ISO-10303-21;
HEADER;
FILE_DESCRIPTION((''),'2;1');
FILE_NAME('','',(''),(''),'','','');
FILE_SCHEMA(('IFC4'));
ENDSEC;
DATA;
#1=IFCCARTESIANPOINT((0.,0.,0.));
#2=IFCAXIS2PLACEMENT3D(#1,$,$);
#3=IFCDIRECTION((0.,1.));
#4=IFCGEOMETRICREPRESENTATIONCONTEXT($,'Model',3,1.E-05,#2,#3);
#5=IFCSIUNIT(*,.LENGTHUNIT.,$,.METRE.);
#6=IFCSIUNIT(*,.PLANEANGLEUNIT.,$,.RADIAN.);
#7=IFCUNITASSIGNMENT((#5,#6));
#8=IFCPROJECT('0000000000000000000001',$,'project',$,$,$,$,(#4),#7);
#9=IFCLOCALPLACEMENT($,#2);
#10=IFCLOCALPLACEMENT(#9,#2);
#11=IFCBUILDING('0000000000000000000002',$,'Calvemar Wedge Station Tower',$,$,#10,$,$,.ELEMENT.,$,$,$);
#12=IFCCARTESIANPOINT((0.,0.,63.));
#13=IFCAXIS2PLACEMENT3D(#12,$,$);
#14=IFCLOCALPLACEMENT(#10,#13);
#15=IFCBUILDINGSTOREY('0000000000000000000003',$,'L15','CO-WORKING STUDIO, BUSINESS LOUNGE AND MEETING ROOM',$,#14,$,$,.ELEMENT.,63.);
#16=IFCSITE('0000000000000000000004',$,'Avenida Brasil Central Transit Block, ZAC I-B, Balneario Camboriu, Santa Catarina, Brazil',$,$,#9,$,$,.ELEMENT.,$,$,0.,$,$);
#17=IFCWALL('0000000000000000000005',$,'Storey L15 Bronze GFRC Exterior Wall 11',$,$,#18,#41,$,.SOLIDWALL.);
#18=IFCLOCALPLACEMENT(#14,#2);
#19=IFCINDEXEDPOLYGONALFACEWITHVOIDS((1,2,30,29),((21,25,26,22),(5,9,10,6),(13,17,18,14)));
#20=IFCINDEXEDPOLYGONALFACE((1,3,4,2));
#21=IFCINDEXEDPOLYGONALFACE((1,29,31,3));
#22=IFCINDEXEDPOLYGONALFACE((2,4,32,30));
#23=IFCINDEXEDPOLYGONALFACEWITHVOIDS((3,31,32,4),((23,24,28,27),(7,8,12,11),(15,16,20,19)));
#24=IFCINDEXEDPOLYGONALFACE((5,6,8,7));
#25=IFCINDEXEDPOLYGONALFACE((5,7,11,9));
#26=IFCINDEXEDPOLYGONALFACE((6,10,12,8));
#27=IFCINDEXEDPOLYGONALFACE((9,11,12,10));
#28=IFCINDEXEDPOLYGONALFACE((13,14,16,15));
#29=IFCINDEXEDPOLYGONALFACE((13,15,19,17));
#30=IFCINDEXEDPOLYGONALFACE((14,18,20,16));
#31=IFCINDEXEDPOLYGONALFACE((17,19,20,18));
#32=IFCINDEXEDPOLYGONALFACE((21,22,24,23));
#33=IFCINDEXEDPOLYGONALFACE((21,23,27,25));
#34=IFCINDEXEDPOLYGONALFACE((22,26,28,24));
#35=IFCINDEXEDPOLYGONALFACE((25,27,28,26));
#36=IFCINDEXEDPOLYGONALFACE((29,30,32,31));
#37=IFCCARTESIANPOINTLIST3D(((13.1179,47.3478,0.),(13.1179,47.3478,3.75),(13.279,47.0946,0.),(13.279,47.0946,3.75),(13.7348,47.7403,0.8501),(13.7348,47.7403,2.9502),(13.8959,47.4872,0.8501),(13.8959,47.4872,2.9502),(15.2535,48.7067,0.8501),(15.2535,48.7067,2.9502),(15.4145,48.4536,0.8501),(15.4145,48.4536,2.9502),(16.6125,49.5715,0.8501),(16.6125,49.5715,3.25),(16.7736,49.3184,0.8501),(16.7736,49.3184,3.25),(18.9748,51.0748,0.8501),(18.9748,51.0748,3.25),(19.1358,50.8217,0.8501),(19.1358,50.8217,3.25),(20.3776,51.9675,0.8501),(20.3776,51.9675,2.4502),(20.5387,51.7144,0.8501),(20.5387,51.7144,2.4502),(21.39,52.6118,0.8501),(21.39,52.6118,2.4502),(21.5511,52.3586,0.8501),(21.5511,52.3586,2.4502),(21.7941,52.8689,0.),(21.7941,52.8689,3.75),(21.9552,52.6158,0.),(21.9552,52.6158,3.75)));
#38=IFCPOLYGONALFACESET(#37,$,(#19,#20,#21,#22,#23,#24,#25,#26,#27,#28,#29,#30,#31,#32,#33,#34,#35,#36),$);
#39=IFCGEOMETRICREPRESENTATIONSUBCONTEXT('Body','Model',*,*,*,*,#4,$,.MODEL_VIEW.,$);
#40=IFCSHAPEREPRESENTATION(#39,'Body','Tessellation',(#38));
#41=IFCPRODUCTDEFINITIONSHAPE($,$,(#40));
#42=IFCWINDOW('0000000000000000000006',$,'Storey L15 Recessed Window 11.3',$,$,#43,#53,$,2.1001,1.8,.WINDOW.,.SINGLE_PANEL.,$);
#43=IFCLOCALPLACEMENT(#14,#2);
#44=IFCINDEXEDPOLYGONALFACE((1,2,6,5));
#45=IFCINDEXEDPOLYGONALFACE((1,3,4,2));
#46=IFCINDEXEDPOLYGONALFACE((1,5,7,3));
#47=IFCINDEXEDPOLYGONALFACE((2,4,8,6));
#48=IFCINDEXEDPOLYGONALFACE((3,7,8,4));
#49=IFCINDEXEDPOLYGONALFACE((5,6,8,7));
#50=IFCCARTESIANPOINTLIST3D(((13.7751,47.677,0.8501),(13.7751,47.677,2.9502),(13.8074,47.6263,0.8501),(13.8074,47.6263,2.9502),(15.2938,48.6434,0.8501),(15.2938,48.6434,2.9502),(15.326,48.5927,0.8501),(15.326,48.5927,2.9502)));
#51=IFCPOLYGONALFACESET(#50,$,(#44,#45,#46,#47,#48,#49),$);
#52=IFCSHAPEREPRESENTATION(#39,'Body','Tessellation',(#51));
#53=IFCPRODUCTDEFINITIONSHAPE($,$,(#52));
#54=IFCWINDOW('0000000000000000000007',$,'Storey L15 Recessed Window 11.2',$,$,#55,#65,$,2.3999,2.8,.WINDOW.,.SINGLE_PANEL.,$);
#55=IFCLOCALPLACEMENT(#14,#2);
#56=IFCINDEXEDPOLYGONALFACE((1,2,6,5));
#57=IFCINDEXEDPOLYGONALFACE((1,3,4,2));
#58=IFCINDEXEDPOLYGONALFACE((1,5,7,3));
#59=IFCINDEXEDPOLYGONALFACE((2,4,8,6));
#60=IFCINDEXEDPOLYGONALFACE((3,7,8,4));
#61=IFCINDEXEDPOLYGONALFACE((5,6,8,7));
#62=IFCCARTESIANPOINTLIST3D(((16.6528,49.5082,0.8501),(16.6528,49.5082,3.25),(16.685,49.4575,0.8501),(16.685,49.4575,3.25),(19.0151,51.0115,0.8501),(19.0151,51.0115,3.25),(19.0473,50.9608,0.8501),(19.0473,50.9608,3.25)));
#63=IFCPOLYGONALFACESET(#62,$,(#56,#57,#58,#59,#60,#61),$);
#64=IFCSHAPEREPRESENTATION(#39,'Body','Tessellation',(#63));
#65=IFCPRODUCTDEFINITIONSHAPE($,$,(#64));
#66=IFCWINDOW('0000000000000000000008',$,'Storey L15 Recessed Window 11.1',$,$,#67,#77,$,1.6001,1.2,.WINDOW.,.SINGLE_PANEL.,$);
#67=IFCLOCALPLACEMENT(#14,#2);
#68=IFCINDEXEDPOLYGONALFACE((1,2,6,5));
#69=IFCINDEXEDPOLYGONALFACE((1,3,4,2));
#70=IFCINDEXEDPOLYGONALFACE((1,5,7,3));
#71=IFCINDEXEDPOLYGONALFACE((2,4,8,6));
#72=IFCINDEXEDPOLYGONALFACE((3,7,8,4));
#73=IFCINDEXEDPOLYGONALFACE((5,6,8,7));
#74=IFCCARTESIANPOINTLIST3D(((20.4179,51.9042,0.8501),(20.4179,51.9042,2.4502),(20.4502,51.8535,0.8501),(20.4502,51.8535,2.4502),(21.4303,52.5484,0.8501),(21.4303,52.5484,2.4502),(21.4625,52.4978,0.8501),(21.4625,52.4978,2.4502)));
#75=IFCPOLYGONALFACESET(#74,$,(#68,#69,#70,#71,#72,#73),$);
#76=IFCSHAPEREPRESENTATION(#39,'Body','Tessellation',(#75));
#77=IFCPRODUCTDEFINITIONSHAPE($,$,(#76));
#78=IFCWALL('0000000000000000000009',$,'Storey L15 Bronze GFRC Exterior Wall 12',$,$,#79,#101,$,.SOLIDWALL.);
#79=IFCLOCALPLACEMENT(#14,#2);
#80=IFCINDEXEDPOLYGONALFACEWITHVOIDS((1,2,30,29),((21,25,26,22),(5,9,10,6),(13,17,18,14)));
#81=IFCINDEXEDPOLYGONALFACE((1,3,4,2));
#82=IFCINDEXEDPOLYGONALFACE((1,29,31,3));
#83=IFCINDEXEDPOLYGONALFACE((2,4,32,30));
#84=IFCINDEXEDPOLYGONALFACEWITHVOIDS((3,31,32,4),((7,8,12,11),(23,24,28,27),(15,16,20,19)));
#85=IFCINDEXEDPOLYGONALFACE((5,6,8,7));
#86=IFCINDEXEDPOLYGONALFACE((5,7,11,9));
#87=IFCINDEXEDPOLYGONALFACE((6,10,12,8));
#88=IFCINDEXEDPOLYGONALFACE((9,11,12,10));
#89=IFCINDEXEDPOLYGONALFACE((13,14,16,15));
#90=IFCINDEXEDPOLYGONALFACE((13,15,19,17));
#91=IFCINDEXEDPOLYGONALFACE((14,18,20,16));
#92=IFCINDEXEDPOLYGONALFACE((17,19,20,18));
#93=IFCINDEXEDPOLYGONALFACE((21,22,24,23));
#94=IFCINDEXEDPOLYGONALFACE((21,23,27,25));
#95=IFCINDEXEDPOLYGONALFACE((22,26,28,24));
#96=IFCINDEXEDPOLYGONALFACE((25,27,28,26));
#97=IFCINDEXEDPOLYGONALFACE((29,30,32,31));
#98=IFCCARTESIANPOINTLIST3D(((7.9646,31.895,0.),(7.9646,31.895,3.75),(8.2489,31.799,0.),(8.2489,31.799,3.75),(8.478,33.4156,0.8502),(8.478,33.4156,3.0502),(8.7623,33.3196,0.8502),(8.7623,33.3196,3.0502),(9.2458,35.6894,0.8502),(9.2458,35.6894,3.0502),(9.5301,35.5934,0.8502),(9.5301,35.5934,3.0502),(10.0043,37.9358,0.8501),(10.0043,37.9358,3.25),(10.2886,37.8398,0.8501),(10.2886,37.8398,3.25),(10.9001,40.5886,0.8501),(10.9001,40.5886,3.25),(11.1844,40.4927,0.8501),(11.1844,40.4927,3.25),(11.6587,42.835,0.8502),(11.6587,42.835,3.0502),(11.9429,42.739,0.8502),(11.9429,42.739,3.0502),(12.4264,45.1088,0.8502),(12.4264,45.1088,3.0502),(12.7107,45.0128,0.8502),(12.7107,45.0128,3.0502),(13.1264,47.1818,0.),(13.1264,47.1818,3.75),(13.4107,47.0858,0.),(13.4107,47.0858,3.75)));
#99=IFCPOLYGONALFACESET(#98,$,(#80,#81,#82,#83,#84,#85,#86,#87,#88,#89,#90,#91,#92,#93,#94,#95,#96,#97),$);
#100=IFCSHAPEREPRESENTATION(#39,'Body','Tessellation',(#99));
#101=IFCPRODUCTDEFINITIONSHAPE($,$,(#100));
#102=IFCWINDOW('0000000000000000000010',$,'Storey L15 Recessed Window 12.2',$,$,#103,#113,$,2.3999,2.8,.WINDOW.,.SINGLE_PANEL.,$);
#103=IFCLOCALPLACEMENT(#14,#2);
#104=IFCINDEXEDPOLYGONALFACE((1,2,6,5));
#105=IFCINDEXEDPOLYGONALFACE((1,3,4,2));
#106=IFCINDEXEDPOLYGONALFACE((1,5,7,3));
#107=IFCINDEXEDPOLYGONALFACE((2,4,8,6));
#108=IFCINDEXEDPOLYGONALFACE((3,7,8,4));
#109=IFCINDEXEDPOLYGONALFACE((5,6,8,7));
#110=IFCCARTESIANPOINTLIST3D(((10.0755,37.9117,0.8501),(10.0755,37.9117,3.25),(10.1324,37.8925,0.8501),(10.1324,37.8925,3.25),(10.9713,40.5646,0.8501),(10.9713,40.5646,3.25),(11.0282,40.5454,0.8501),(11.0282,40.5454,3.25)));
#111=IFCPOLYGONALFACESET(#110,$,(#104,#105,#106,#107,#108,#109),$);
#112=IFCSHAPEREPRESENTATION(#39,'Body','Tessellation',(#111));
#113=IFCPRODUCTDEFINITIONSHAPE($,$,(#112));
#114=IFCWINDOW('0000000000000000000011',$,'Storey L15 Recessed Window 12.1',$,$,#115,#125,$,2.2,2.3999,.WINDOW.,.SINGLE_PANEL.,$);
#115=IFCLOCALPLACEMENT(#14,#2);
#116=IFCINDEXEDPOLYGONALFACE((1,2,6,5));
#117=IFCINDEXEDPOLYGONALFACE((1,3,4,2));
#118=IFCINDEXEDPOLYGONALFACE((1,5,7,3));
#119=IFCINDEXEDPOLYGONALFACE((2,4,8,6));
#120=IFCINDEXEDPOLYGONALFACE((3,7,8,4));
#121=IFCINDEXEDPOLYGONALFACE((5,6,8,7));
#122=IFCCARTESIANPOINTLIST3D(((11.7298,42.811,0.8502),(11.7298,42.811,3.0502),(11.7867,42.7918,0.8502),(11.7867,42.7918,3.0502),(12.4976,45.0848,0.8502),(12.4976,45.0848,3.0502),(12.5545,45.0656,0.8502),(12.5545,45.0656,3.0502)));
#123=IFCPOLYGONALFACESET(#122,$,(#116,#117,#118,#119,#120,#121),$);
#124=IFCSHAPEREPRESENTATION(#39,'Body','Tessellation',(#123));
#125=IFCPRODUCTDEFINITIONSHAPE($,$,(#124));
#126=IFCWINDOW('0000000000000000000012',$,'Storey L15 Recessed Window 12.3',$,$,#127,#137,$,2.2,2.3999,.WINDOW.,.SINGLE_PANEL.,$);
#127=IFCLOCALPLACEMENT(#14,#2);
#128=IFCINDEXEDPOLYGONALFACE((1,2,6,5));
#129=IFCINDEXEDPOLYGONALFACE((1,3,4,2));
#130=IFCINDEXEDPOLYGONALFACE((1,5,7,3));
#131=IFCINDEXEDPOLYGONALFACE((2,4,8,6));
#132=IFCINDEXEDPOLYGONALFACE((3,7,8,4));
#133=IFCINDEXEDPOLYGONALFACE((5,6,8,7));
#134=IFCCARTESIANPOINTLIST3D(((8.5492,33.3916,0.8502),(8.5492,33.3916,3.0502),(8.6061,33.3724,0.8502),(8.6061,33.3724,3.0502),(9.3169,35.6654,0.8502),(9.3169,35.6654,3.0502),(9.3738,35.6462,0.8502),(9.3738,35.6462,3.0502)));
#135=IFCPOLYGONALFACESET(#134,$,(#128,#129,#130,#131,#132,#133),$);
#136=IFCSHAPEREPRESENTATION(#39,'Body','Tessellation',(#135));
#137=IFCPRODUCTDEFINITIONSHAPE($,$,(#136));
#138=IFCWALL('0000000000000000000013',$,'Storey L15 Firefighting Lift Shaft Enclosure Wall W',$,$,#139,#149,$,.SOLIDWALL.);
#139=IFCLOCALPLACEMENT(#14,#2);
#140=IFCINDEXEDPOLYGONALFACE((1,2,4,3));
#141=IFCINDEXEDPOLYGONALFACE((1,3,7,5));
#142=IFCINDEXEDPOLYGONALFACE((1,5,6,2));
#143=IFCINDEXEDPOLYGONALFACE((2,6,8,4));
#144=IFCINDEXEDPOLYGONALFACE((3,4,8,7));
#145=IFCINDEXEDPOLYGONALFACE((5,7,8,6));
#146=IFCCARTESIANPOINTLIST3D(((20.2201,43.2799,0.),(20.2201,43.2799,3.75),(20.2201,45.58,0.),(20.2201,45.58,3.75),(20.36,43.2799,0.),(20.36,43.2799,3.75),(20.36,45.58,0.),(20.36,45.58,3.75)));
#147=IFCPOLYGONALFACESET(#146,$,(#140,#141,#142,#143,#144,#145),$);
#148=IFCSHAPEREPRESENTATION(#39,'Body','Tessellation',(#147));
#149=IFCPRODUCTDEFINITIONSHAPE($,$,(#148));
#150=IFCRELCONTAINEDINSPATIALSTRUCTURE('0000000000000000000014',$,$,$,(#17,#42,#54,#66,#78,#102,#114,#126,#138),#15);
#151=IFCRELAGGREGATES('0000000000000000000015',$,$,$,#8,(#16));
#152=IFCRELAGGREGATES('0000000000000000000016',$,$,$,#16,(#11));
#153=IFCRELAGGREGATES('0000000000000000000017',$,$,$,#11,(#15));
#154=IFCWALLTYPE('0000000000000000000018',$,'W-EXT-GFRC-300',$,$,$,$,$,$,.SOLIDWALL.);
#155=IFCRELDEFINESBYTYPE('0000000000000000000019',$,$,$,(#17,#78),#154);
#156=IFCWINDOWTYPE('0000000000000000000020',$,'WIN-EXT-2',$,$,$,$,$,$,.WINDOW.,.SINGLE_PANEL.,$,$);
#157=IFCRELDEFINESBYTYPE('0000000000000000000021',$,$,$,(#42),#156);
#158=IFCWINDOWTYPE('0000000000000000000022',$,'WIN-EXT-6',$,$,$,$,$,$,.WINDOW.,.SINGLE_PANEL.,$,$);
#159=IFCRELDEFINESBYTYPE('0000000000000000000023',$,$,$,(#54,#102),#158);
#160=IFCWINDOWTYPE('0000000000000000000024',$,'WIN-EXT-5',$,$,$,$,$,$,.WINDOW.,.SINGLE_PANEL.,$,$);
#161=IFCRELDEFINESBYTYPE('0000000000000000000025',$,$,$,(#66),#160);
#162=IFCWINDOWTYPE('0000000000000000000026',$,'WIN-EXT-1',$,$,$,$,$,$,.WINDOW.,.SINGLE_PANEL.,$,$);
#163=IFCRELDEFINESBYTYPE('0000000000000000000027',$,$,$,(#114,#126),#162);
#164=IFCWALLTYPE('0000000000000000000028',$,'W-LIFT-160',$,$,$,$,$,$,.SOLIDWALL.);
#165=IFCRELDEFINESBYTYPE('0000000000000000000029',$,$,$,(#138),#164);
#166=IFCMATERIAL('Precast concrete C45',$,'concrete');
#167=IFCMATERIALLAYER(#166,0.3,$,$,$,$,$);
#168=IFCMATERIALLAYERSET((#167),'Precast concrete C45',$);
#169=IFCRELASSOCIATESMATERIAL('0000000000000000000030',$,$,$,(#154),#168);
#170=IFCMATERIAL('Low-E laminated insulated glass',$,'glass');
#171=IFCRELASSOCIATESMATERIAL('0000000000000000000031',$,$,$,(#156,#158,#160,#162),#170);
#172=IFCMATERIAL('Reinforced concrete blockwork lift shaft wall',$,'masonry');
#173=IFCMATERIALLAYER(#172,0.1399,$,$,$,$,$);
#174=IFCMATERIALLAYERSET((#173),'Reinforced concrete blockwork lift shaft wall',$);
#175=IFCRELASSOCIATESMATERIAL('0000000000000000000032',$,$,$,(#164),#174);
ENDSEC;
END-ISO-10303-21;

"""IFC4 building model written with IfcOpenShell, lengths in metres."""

from ifc_helpers import new_model, si_unit, direction, frame, frame_2d, origin, place, context, subcontext, project, spatial, rectangle, extrude, source, transform, mapped, material, layer, layer_set, type_object, element, fill, save


model = new_model("IFC4")

# Units and contexts
model_context = context("Model", 3, precision=1e-05, world=origin(), true_north=direction((0.0, 1.0)))
body_context = subcontext(model_context, "Body", "Model", "MODEL_VIEW")
ifc_project = project(units=[si_unit("LENGTHUNIT", "METRE"), si_unit("PLANEANGLEUNIT", "RADIAN")], contexts=[model_context])

# Site, building, storey
site_placement = place(None, origin())
site = spatial("IfcSite", under=ifc_project, at=site_placement, Name="Avenida Brasil Central Transit Block, ZAC I-B, Balneario Camboriu, Santa Catarina, Brazil", CompositionType="ELEMENT", RefElevation=0.0)
building_placement = place(site_placement, origin())
building = spatial("IfcBuilding", under=site, at=building_placement, Name="Calvemar Wedge Station Tower", CompositionType="ELEMENT")
storey_placement = place(building_placement, frame((0.0, 0.0, 63.0)))
storey = spatial("IfcBuildingStorey", under=building, at=storey_placement, Name="L15", Description="CO-WORKING STUDIO, BUSINESS LOUNGE AND MEETING ROOM", CompositionType="ELEMENT", Elevation=63.0)

# Walls, openings, windows
ifc_material_1 = material(Name="Precast concrete C45", Category="concrete")
ifc_layer_1 = layer(ifc_material_1, 0.3)
ifc_layer_set_1 = layer_set([ifc_layer_1], Name="Precast concrete C45")
wall_type_1 = type_object("IfcWallType", Name="W-EXT-GFRC-300", PredefinedType="SOLIDWALL", material=ifc_layer_set_1)
wall_1_placement = place(storey_placement, frame((21.8748, 52.7424, 0.0), z_axis=(0.0, 0.0, 1.0), x_axis=(-0.843662, -0.536874, 0.0)))
wall_1 = element("IfcWall", 1, at=wall_1_placement, inside=storey, type_object=wall_type_1, Name="Storey L15 Bronze GFRC Exterior Wall 11", PredefinedType="SOLIDWALL", context=body_context, shape_type="SweptSolid", body=[
    extrude(rectangle(XDim=10.2839, YDim=0.3, at=frame_2d((5.1421, 0.0))), origin(), (0.0, 0.0, 1.0), 3.75),
])
shared_shape_1 = source(origin(), body_context, "Body", "SweptSolid", [
    extrude(rectangle(XDim=1.2, YDim=1.6001, at=frame_2d((0.6001, 0.8))), frame((0.0, 0.1602, 0.0), z_axis=(0.0, -1.0, 0.0), x_axis=(1.0, 0.0, 0.0)), (0.0, 0.0, 1.0), 0.3201),
])
opening_1_placement = place(wall_1_placement, frame((0.479, 0.0, 0.8501)))
opening_1 = element("IfcOpeningElement", 2, at=opening_1_placement, cuts=wall_1, PredefinedType="OPENING", context=body_context, shape_type="MappedRepresentation", body=[
    mapped(shared_shape_1, transform((0.0, 0.0, 0.0), scale=1.0)),
])
shared_shape_2 = source(origin(), body_context, "Body", "SweptSolid", [
    extrude(rectangle(XDim=2.8, YDim=2.3999, at=frame_2d((1.3999, 1.2))), frame((0.0, 0.1602, 0.0), z_axis=(0.0, -1.0, 0.0), x_axis=(1.0, 0.0, 0.0)), (0.0, 0.0, 1.0), 0.3201),
])
opening_2_placement = place(wall_1_placement, frame((3.342, 0.0, 0.8501)))
opening_2 = element("IfcOpeningElement", 3, at=opening_2_placement, cuts=wall_1, PredefinedType="OPENING", context=body_context, shape_type="MappedRepresentation", body=[
    mapped(shared_shape_2, transform((0.0, 0.0, 0.0), scale=1.0)),
])
shared_shape_3 = source(origin(), body_context, "Body", "SweptSolid", [
    extrude(rectangle(XDim=1.8, YDim=2.1001, at=frame_2d((0.8999, 1.05))), frame((0.0, 0.1602, 0.0), z_axis=(0.0, -1.0, 0.0), x_axis=(1.0, 0.0, 0.0)), (0.0, 0.0, 1.0), 0.3201),
])
opening_3_placement = place(wall_1_placement, frame((7.7529, 0.0, 0.8501)))
opening_3 = element("IfcOpeningElement", 4, at=opening_3_placement, cuts=wall_1, PredefinedType="OPENING", context=body_context, shape_type="MappedRepresentation", body=[
    mapped(shared_shape_3, transform((0.0, 0.0, 0.0), scale=1.0)),
])
ifc_material_2 = material(Name="Low-E laminated insulated glass", Category="glass")
window_type_1 = type_object("IfcWindowType", Name="WIN-EXT-2", PartitioningType="SINGLE_PANEL", PredefinedType="WINDOW", material=ifc_material_2)
shared_shape_4 = source(origin(), body_context, "Body", "SweptSolid", [
    extrude(rectangle(XDim=1.8, YDim=2.1001, at=frame_2d((0.8999, 1.05))), frame((0.0, -0.0149, 0.0), z_axis=(0.0, -1.0, 0.0), x_axis=(1.0, 0.0, 0.0)), (0.0, 0.0, 1.0), 0.0601),
])
window_1_placement = place(opening_3_placement, origin())
window_1 = element("IfcWindow", 5, at=window_1_placement, inside=storey, type_object=window_type_1, Name="Storey L15 Recessed Window 11.3", OverallHeight=2.1001, OverallWidth=1.8, PartitioningType="SINGLE_PANEL", PredefinedType="WINDOW", context=body_context, shape_type="MappedRepresentation", body=[
    mapped(shared_shape_4, transform((0.0, 0.0, 0.0), scale=1.0)),
])
fill(opening_3, window_1)
window_type_2 = type_object("IfcWindowType", Name="WIN-EXT-6", PartitioningType="SINGLE_PANEL", PredefinedType="WINDOW", material=ifc_material_2)
shared_shape_5 = source(origin(), body_context, "Body", "SweptSolid", [
    extrude(rectangle(XDim=2.8, YDim=2.3999, at=frame_2d((1.3999, 1.2))), frame((0.0, -0.0149, 0.0), z_axis=(0.0, -1.0, 0.0), x_axis=(1.0, 0.0, 0.0)), (0.0, 0.0, 1.0), 0.0601),
])
window_2_placement = place(opening_2_placement, origin())
window_2 = element("IfcWindow", 6, at=window_2_placement, inside=storey, type_object=window_type_2, Name="Storey L15 Recessed Window 11.2", OverallHeight=2.3999, OverallWidth=2.8, PartitioningType="SINGLE_PANEL", PredefinedType="WINDOW", context=body_context, shape_type="MappedRepresentation", body=[
    mapped(shared_shape_5, transform((0.0, 0.0, 0.0), scale=1.0)),
])
fill(opening_2, window_2)
window_type_3 = type_object("IfcWindowType", Name="WIN-EXT-5", PartitioningType="SINGLE_PANEL", PredefinedType="WINDOW", material=ifc_material_2)
shared_shape_6 = source(origin(), body_context, "Body", "SweptSolid", [
    extrude(rectangle(XDim=1.2, YDim=1.6001, at=frame_2d((0.6001, 0.8))), frame((0.0, -0.0149, 0.0), z_axis=(0.0, -1.0, 0.0), x_axis=(1.0, 0.0, 0.0)), (0.0, 0.0, 1.0), 0.0601),
])
window_3_placement = place(opening_1_placement, origin())
window_3 = element("IfcWindow", 7, at=window_3_placement, inside=storey, type_object=window_type_3, Name="Storey L15 Recessed Window 11.1", OverallHeight=1.6001, OverallWidth=1.2, PartitioningType="SINGLE_PANEL", PredefinedType="WINDOW", context=body_context, shape_type="MappedRepresentation", body=[
    mapped(shared_shape_6, transform((0.0, 0.0, 0.0), scale=1.0)),
])
fill(opening_1, window_3)
wall_2_placement = place(storey_placement, frame((13.2686, 47.1338, 0.0), z_axis=(0.0, 0.0, 1.0), x_axis=(-0.31992, -0.947444, 0.0)))
wall_2 = element("IfcWall", 8, at=wall_2_placement, inside=storey, type_object=wall_type_1, Name="Storey L15 Bronze GFRC Exterior Wall 12", PredefinedType="SOLIDWALL", context=body_context, shape_type="SweptSolid", body=[
    extrude(rectangle(XDim=16.1348, YDim=0.3, at=frame_2d((8.0674, 0.0))), origin(), (0.0, 0.0, 1.0), 3.75),
])
shared_shape_7 = source(origin(), body_context, "Body", "SweptSolid", [
    extrude(rectangle(XDim=2.3999, YDim=2.2, at=frame_2d((1.2, 1.1001))), frame((0.0, 0.1602, 0.0), z_axis=(0.0, -1.0, 0.0), x_axis=(1.0, 0.0, 0.0)), (0.0, 0.0, 1.0), 0.3201),
])
opening_4_placement = place(wall_2_placement, frame((2.188, 0.0, 0.8501)))
opening_4 = element("IfcOpeningElement", 9, at=opening_4_placement, cuts=wall_2, PredefinedType="OPENING", context=body_context, shape_type="MappedRepresentation", body=[
    mapped(shared_shape_7, transform((0.0, 0.0, 0.0), scale=1.0)),
])
opening_5_placement = place(wall_2_placement, frame((6.959, 0.0, 0.8501)))
opening_5 = element("IfcOpeningElement", 10, at=opening_5_placement, cuts=wall_2, PredefinedType="OPENING", context=body_context, shape_type="MappedRepresentation", body=[
    mapped(shared_shape_2, transform((0.0, 0.0, 0.0), scale=1.0)),
])
opening_6_placement = place(wall_2_placement, frame((12.1299, 0.0, 0.8501)))
opening_6 = element("IfcOpeningElement", 11, at=opening_6_placement, cuts=wall_2, PredefinedType="OPENING", context=body_context, shape_type="MappedRepresentation", body=[
    mapped(shared_shape_7, transform((0.0, 0.0, 0.0), scale=1.0)),
])
window_4_placement = place(opening_5_placement, origin())
window_4 = element("IfcWindow", 12, at=window_4_placement, inside=storey, type_object=window_type_2, Name="Storey L15 Recessed Window 12.2", OverallHeight=2.3999, OverallWidth=2.8, PartitioningType="SINGLE_PANEL", PredefinedType="WINDOW", context=body_context, shape_type="MappedRepresentation", body=[
    mapped(shared_shape_5, transform((0.0, 0.0, 0.0), scale=1.0)),
])
fill(opening_5, window_4)
window_type_4 = type_object("IfcWindowType", Name="WIN-EXT-1", PartitioningType="SINGLE_PANEL", PredefinedType="WINDOW", material=ifc_material_2)
shared_shape_8 = source(origin(), body_context, "Body", "SweptSolid", [
    extrude(rectangle(XDim=2.3999, YDim=2.2, at=frame_2d((1.2, 1.1001))), frame((0.0, -0.0149, 0.0), z_axis=(0.0, -1.0, 0.0), x_axis=(1.0, 0.0, 0.0)), (0.0, 0.0, 1.0), 0.0601),
])
window_5_placement = place(opening_4_placement, origin())
window_5 = element("IfcWindow", 13, at=window_5_placement, inside=storey, type_object=window_type_4, Name="Storey L15 Recessed Window 12.1", OverallHeight=2.2, OverallWidth=2.3999, PartitioningType="SINGLE_PANEL", PredefinedType="WINDOW", context=body_context, shape_type="MappedRepresentation", body=[
    mapped(shared_shape_8, transform((0.0, 0.0, 0.0), scale=1.0)),
])
fill(opening_4, window_5)
window_6_placement = place(opening_6_placement, origin())
window_6 = element("IfcWindow", 14, at=window_6_placement, inside=storey, type_object=window_type_4, Name="Storey L15 Recessed Window 12.3", OverallHeight=2.2, OverallWidth=2.3999, PartitioningType="SINGLE_PANEL", PredefinedType="WINDOW", context=body_context, shape_type="MappedRepresentation", body=[
    mapped(shared_shape_8, transform((0.0, 0.0, 0.0), scale=1.0)),
])
fill(opening_6, window_6)

# Shared definitions
ifc_material_3 = material(Name="Reinforced concrete blockwork lift shaft wall", Category="masonry")
ifc_layer_2 = layer(ifc_material_3, 0.1399)
ifc_layer_set_2 = layer_set([ifc_layer_2], Name="Reinforced concrete blockwork lift shaft wall")
wall_type_2 = type_object("IfcWallType", Name="W-LIFT-160", PredefinedType="SOLIDWALL", material=ifc_layer_set_2)

# Wall
wall_3_placement = place(storey_placement, frame((20.29, 43.28, 0.0), z_axis=(0.0, 0.0, 1.0), x_axis=(0.0, 1.0, 0.0)))
element("IfcWall", 15, at=wall_3_placement, inside=storey, type_object=wall_type_2, Name="Storey L15 Firefighting Lift Shaft Enclosure Wall W", PredefinedType="SOLIDWALL", context=body_context, shape_type="SweptSolid", body=[
    extrude(rectangle(XDim=2.3, YDim=0.1399, at=frame_2d((1.1499, 0.0))), origin(), (0.0, 0.0, 1.0), 3.75),
])

save(model, "model.ifc")
